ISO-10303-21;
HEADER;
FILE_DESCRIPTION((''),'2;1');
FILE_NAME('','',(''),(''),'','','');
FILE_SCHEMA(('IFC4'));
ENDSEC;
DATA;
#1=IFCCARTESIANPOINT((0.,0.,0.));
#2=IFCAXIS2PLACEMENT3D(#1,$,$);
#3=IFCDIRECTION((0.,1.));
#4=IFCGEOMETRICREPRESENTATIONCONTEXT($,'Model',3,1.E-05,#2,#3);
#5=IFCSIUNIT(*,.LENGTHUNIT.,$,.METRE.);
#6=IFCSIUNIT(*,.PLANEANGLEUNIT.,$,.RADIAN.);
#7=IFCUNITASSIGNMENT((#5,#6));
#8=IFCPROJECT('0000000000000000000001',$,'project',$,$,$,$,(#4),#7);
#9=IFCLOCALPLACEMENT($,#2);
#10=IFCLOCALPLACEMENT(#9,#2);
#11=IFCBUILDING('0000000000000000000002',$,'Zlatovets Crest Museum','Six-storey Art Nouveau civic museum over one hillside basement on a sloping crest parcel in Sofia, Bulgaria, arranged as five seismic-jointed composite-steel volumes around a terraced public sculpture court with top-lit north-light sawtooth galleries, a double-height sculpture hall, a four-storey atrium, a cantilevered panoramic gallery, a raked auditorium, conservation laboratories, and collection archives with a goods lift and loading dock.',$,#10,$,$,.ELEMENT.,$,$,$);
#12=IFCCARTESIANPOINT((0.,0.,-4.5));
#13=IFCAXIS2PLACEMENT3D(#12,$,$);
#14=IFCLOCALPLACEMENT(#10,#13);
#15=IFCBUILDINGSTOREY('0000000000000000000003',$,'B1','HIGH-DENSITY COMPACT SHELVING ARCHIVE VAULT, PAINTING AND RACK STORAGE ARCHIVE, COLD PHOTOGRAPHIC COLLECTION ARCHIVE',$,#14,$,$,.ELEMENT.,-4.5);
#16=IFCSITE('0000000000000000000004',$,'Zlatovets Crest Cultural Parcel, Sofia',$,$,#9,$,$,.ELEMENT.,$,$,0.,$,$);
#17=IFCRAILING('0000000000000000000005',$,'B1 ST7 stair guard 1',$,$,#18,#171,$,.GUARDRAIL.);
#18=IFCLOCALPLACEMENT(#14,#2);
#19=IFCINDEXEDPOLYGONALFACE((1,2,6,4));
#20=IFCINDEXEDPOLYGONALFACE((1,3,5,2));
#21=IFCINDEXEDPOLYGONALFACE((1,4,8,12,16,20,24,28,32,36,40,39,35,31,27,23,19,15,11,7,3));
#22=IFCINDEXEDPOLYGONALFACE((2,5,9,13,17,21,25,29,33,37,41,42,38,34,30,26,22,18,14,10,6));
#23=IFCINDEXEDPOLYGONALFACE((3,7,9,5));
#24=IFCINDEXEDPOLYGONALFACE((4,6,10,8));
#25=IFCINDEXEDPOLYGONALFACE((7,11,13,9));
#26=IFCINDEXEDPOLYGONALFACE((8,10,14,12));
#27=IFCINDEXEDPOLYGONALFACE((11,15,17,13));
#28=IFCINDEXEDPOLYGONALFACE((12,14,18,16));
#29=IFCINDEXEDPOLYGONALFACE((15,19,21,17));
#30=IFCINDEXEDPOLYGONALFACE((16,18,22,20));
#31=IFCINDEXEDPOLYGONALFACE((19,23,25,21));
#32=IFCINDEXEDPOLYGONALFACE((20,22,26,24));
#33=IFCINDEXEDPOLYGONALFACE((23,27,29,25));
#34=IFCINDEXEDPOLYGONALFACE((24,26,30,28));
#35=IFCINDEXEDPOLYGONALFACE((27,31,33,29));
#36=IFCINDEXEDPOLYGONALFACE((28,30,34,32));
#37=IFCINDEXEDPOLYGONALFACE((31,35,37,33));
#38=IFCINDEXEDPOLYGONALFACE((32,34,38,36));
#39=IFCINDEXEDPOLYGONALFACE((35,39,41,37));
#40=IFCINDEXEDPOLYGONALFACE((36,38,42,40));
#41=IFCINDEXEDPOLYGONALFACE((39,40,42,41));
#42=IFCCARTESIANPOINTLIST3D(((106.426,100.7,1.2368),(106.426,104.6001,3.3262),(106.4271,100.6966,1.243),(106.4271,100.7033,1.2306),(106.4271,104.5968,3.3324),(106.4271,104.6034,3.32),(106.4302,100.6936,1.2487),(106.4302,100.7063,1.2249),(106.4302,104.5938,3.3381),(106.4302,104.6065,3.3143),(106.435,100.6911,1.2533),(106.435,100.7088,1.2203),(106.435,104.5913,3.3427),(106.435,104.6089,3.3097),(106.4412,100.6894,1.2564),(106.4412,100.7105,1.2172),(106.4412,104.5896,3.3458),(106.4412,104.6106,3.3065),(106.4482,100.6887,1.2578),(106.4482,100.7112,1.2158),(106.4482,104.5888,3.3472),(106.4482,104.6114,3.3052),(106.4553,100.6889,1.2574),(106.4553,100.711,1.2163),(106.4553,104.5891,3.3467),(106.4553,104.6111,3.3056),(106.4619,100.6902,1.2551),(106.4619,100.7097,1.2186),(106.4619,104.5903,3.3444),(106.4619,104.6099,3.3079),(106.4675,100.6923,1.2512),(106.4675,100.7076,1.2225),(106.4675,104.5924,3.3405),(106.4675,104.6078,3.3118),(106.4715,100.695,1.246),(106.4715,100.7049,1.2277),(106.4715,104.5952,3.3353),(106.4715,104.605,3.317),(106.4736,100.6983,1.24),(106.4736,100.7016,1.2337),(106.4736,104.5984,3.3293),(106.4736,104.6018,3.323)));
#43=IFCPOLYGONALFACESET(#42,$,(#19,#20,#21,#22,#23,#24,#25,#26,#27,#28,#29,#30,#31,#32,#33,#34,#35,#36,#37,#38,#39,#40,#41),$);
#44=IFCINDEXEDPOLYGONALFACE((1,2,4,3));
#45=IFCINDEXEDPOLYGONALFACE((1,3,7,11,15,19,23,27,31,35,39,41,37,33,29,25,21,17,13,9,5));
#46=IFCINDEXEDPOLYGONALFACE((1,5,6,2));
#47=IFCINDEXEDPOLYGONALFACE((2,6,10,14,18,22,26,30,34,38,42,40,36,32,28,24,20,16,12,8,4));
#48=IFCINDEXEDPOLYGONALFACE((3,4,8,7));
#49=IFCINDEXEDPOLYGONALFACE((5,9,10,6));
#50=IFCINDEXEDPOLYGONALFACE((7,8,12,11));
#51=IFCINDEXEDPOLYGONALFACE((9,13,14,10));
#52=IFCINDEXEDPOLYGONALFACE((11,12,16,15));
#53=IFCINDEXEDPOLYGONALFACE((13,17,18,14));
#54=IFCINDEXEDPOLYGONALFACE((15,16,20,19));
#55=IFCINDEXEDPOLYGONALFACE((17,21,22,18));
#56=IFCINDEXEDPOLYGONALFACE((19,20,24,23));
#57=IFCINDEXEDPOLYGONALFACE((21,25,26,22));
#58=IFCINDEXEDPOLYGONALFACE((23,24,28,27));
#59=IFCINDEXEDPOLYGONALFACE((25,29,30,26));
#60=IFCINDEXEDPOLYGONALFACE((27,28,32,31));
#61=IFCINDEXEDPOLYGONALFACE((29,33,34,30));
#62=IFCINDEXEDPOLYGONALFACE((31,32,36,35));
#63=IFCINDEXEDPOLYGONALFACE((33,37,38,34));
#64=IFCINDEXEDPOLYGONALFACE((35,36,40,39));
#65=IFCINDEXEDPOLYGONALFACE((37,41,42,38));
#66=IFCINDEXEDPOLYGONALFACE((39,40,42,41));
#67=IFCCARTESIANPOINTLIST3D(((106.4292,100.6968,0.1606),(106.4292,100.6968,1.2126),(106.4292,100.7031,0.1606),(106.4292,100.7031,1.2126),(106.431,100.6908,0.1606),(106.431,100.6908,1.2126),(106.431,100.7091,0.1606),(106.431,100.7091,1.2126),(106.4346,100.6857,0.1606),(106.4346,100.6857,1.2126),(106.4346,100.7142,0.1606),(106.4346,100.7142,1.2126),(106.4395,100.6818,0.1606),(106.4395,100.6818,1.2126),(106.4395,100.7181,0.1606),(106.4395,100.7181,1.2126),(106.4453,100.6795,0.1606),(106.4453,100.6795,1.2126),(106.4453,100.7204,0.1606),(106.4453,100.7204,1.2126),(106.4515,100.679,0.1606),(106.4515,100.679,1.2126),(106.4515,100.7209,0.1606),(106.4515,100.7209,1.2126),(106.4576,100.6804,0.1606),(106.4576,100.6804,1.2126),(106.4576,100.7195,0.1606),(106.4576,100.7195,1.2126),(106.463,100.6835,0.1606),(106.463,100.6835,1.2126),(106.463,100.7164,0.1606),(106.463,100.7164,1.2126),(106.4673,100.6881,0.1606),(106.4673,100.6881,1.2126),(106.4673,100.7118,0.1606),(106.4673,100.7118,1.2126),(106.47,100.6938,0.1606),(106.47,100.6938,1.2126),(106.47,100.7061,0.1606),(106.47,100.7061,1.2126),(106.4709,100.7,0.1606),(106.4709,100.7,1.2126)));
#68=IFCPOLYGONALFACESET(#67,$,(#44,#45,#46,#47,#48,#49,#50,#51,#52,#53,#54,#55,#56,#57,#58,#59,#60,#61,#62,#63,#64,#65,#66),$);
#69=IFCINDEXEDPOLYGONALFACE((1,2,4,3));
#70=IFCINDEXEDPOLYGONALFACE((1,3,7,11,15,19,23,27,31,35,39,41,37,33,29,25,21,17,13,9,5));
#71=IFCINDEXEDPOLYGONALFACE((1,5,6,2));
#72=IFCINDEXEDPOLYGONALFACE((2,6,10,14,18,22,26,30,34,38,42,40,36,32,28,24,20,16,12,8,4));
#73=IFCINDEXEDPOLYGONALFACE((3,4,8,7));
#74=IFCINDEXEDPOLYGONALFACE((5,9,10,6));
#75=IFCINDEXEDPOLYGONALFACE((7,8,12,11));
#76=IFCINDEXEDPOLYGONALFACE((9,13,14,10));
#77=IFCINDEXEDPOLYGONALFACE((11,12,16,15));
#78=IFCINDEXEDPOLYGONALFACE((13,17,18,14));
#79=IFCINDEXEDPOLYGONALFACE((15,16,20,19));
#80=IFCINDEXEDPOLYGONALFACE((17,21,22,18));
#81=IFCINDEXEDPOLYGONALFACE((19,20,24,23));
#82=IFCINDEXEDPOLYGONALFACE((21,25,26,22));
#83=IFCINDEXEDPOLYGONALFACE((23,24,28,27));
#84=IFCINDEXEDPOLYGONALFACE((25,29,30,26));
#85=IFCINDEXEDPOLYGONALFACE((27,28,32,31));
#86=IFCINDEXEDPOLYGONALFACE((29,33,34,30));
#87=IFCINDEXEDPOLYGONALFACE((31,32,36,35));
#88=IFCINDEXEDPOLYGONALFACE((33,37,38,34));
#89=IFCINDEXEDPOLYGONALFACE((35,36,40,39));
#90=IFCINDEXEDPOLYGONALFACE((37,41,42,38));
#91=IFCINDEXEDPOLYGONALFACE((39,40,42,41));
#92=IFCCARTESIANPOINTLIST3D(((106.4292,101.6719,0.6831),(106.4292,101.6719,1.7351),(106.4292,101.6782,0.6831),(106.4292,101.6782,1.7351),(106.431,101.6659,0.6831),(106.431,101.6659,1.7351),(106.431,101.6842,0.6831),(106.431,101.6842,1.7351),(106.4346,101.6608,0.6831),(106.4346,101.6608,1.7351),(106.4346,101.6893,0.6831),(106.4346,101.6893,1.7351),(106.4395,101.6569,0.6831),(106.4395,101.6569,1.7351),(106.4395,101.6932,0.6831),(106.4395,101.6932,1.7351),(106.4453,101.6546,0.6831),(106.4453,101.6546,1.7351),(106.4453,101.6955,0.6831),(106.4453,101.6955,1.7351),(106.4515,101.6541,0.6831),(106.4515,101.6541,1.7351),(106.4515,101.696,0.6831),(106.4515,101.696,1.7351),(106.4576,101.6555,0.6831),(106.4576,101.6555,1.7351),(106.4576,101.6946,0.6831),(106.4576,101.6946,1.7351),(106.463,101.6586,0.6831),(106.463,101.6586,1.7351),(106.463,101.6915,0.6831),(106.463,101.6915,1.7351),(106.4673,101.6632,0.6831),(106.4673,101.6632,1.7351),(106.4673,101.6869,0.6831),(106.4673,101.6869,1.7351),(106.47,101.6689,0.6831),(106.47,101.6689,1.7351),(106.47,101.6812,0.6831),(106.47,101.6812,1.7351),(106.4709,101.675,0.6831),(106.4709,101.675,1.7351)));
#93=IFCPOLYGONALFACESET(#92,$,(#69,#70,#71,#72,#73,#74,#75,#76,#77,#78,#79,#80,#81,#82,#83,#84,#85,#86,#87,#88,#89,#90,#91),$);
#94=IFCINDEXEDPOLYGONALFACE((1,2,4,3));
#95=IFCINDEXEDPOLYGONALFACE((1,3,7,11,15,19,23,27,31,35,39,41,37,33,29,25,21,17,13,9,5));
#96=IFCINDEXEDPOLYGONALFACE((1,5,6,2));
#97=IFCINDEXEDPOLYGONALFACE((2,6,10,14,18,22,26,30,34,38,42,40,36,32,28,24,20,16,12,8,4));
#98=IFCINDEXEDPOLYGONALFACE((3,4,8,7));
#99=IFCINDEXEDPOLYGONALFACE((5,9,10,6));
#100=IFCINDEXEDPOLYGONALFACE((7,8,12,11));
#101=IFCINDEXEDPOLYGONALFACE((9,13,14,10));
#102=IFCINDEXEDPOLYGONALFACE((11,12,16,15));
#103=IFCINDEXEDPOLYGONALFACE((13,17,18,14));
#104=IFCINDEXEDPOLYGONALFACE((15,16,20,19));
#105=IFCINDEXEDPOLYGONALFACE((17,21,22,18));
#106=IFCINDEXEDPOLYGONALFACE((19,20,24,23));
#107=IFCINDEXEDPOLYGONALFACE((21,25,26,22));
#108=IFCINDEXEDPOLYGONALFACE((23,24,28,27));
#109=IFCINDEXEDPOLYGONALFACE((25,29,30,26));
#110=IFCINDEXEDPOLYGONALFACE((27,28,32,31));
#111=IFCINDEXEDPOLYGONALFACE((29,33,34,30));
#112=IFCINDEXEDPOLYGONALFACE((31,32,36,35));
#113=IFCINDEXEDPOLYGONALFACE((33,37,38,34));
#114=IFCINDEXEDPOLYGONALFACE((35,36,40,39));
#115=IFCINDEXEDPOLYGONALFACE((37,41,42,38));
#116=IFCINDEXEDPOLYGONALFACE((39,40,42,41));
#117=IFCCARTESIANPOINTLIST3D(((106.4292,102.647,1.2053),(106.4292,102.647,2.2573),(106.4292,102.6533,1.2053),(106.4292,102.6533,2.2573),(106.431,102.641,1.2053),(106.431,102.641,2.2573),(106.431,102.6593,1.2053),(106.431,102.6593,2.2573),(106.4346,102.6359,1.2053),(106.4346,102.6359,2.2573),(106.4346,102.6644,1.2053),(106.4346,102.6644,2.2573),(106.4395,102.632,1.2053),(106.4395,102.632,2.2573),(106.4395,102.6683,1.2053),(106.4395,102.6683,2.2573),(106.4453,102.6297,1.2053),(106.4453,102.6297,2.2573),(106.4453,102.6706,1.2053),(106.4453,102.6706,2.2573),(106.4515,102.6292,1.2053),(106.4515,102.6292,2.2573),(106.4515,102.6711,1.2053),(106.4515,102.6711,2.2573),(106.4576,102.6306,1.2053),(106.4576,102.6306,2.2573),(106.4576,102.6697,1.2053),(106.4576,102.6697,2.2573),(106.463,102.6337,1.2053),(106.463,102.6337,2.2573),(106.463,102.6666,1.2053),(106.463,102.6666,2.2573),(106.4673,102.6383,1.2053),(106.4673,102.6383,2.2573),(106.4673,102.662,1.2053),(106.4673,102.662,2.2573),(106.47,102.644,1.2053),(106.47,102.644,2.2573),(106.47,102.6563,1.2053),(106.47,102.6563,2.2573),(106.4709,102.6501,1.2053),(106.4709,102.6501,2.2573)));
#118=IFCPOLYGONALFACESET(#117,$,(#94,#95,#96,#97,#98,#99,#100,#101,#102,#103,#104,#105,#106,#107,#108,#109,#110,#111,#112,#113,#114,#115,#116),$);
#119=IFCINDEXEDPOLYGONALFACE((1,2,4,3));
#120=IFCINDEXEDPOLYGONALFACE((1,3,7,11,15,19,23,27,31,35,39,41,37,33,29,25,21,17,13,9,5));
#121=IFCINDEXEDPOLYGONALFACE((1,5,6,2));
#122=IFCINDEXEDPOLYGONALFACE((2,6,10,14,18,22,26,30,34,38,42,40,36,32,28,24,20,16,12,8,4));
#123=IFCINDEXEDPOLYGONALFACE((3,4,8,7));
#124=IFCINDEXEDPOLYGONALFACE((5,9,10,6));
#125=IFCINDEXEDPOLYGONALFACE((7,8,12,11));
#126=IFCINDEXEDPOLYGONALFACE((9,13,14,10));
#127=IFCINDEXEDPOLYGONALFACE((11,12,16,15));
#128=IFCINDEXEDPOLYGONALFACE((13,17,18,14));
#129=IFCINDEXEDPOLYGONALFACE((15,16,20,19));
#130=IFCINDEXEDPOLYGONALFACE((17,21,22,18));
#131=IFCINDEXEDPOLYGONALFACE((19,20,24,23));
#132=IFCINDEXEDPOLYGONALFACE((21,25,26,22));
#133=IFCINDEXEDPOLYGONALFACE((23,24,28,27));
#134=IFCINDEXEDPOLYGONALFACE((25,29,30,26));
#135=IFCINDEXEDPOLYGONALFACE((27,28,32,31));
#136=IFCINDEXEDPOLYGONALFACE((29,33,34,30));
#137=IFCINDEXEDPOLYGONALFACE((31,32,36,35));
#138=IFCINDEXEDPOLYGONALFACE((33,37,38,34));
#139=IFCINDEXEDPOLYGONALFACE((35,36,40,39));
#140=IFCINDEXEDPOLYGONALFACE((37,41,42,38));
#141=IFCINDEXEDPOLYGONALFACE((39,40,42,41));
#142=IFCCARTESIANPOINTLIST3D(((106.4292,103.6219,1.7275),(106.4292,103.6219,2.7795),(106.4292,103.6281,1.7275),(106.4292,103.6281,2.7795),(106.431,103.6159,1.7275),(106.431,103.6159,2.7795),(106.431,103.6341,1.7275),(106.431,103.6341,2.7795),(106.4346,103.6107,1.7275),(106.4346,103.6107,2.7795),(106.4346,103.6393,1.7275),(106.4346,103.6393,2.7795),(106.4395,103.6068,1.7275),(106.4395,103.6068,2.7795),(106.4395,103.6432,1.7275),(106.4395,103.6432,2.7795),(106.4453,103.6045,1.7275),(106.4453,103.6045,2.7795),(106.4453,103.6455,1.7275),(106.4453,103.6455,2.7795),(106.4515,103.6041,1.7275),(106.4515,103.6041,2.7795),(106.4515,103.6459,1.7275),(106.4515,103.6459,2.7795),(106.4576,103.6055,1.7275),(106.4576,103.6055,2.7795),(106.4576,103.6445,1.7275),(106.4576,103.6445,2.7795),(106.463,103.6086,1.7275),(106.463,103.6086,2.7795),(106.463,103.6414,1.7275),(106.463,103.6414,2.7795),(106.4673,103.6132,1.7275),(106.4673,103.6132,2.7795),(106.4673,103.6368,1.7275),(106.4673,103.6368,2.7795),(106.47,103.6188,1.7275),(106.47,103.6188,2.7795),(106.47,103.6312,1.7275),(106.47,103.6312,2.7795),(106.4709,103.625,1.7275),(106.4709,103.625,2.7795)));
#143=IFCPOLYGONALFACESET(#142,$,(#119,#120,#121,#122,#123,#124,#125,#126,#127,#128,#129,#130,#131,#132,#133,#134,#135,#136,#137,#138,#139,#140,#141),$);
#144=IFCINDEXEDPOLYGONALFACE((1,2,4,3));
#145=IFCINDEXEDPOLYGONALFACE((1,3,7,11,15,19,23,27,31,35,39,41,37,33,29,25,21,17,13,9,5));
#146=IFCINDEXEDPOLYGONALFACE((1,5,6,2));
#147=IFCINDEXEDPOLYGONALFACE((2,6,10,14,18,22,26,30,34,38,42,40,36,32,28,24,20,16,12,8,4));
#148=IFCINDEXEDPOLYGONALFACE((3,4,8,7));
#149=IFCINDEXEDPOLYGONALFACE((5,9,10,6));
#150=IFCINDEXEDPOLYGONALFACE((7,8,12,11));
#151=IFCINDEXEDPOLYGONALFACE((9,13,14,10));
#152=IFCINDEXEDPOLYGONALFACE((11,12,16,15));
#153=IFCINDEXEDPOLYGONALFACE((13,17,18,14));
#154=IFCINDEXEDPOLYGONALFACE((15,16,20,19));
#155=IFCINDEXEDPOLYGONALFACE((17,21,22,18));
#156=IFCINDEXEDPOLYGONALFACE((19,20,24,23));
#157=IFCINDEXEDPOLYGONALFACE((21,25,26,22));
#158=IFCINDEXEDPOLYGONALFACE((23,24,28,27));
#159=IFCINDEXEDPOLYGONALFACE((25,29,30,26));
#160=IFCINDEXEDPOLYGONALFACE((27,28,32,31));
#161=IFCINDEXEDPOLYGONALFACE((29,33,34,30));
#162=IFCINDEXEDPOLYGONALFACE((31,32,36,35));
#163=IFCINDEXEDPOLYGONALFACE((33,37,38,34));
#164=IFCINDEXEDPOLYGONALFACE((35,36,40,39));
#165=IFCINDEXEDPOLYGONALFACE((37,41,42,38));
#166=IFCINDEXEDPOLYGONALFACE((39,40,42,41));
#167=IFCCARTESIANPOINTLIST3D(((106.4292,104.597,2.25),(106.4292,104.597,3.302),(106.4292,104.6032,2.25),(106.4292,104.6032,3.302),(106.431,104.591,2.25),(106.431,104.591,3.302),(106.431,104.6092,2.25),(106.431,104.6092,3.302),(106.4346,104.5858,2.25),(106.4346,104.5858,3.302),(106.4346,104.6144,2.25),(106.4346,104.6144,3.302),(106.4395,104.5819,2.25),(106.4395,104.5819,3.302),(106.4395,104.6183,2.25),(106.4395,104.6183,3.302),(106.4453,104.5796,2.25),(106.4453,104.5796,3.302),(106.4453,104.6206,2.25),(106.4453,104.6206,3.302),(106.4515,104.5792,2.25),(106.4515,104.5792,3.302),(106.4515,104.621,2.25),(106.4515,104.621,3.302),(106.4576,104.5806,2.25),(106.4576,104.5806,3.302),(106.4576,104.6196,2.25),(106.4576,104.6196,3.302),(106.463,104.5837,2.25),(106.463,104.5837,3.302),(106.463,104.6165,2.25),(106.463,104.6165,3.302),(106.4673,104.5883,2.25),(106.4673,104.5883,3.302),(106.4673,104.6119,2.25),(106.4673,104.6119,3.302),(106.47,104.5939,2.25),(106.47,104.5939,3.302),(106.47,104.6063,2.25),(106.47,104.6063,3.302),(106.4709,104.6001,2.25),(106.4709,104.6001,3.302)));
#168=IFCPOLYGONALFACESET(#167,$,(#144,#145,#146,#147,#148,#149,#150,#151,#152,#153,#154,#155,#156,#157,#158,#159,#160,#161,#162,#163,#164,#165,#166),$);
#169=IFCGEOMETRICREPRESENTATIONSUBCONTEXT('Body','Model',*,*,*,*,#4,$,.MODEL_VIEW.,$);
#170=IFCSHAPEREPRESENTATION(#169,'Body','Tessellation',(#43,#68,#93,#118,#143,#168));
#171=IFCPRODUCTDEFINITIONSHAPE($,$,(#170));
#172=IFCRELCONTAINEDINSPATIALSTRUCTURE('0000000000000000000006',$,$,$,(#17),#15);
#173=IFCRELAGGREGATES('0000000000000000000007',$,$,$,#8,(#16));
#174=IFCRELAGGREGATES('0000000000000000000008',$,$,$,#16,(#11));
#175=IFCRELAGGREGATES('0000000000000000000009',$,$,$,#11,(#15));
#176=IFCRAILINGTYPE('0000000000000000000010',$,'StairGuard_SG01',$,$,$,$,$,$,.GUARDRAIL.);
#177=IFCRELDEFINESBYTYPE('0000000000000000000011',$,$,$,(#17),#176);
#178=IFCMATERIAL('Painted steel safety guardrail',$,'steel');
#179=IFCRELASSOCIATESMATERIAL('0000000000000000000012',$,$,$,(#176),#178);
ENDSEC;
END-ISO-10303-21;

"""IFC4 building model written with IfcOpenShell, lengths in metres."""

from ifc_helpers import new_model, si_unit, direction, frame, origin, origin_2d, place, context, subcontext, project, spatial, circle, extrude, material, type_object, element, save


model = new_model("IFC4")

# Units and contexts
model_context = context("Model", 3, precision=1e-05, world=origin(), true_north=direction((0.0, 1.0)))
body_context = subcontext(model_context, "Body", "Model", "MODEL_VIEW")
ifc_project = project(units=[si_unit("LENGTHUNIT", "METRE"), si_unit("PLANEANGLEUNIT", "RADIAN")], contexts=[model_context])

# Site, building, storey
site_placement = place(None, origin())
site = spatial("IfcSite", under=ifc_project, at=site_placement, Name="Zlatovets Crest Cultural Parcel, Sofia", CompositionType="ELEMENT", RefElevation=0.0)
building_placement = place(site_placement, origin())
building = spatial("IfcBuilding", under=site, at=building_placement, Name="Zlatovets Crest Museum", Description="Six-storey Art Nouveau civic museum over one hillside basement on a sloping crest parcel in Sofia, Bulgaria, arranged as five seismic-jointed composite-steel volumes around a terraced public sculpture court with top-lit north-light sawtooth galleries, a double-height sculpture hall, a four-storey atrium, a cantilevered panoramic gallery, a raked auditorium, conservation laboratories, and collection archives with a goods lift and loading dock.", CompositionType="ELEMENT")
storey_placement = place(building_placement, frame((0.0, 0.0, -4.5)))
storey = spatial("IfcBuildingStorey", under=building, at=storey_placement, Name="B1", Description="HIGH-DENSITY COMPACT SHELVING ARCHIVE VAULT, PAINTING AND RACK STORAGE ARCHIVE, COLD PHOTOGRAPHIC COLLECTION ARCHIVE", CompositionType="ELEMENT", Elevation=-4.5)

# Railing
ifc_material_1 = material(Name="Painted steel safety guardrail", Category="steel")
railing_type_1 = type_object("IfcRailingType", Name="StairGuard_SG01", PredefinedType="GUARDRAIL", material=ifc_material_1)
railing_1_placement = place(storey_placement, frame((106.45, 100.7, 0.1606)))
element("IfcRailing", 1, at=railing_1_placement, inside=storey, type_object=railing_type_1, Name="B1 ST7 stair guard 1", PredefinedType="GUARDRAIL", context=body_context, shape_type="SweptSolid", body=[
    extrude(circle(Radius=0.0239, at=origin_2d()), frame((0.0, 0.0, 1.0762), z_axis=(0.0, 0.881481, 0.47222), x_axis=(-1.0, 0.0, 0.0)), (0.0, 0.0, 1.0), 4.4246),
    extrude(circle(Radius=0.021, at=origin_2d()), origin(), (0.0, 0.0, 1.0), 1.052),
    extrude(circle(Radius=0.021, at=origin_2d()), frame((0.0, 0.9751, 0.5225)), (0.0, 0.0, 1.0), 1.052),
    extrude(circle(Radius=0.021, at=origin_2d()), frame((0.0, 1.9502, 1.0447)), (0.0, 0.0, 1.0), 1.052),
    extrude(circle(Radius=0.021, at=origin_2d()), frame((0.0, 2.925, 1.5669)), (0.0, 0.0, 1.0), 1.052),
    extrude(circle(Radius=0.021, at=origin_2d()), frame((0.0, 3.9001, 2.0894)), (0.0, 0.0, 1.0), 1.052),
])

save(model, "model.ifc")
